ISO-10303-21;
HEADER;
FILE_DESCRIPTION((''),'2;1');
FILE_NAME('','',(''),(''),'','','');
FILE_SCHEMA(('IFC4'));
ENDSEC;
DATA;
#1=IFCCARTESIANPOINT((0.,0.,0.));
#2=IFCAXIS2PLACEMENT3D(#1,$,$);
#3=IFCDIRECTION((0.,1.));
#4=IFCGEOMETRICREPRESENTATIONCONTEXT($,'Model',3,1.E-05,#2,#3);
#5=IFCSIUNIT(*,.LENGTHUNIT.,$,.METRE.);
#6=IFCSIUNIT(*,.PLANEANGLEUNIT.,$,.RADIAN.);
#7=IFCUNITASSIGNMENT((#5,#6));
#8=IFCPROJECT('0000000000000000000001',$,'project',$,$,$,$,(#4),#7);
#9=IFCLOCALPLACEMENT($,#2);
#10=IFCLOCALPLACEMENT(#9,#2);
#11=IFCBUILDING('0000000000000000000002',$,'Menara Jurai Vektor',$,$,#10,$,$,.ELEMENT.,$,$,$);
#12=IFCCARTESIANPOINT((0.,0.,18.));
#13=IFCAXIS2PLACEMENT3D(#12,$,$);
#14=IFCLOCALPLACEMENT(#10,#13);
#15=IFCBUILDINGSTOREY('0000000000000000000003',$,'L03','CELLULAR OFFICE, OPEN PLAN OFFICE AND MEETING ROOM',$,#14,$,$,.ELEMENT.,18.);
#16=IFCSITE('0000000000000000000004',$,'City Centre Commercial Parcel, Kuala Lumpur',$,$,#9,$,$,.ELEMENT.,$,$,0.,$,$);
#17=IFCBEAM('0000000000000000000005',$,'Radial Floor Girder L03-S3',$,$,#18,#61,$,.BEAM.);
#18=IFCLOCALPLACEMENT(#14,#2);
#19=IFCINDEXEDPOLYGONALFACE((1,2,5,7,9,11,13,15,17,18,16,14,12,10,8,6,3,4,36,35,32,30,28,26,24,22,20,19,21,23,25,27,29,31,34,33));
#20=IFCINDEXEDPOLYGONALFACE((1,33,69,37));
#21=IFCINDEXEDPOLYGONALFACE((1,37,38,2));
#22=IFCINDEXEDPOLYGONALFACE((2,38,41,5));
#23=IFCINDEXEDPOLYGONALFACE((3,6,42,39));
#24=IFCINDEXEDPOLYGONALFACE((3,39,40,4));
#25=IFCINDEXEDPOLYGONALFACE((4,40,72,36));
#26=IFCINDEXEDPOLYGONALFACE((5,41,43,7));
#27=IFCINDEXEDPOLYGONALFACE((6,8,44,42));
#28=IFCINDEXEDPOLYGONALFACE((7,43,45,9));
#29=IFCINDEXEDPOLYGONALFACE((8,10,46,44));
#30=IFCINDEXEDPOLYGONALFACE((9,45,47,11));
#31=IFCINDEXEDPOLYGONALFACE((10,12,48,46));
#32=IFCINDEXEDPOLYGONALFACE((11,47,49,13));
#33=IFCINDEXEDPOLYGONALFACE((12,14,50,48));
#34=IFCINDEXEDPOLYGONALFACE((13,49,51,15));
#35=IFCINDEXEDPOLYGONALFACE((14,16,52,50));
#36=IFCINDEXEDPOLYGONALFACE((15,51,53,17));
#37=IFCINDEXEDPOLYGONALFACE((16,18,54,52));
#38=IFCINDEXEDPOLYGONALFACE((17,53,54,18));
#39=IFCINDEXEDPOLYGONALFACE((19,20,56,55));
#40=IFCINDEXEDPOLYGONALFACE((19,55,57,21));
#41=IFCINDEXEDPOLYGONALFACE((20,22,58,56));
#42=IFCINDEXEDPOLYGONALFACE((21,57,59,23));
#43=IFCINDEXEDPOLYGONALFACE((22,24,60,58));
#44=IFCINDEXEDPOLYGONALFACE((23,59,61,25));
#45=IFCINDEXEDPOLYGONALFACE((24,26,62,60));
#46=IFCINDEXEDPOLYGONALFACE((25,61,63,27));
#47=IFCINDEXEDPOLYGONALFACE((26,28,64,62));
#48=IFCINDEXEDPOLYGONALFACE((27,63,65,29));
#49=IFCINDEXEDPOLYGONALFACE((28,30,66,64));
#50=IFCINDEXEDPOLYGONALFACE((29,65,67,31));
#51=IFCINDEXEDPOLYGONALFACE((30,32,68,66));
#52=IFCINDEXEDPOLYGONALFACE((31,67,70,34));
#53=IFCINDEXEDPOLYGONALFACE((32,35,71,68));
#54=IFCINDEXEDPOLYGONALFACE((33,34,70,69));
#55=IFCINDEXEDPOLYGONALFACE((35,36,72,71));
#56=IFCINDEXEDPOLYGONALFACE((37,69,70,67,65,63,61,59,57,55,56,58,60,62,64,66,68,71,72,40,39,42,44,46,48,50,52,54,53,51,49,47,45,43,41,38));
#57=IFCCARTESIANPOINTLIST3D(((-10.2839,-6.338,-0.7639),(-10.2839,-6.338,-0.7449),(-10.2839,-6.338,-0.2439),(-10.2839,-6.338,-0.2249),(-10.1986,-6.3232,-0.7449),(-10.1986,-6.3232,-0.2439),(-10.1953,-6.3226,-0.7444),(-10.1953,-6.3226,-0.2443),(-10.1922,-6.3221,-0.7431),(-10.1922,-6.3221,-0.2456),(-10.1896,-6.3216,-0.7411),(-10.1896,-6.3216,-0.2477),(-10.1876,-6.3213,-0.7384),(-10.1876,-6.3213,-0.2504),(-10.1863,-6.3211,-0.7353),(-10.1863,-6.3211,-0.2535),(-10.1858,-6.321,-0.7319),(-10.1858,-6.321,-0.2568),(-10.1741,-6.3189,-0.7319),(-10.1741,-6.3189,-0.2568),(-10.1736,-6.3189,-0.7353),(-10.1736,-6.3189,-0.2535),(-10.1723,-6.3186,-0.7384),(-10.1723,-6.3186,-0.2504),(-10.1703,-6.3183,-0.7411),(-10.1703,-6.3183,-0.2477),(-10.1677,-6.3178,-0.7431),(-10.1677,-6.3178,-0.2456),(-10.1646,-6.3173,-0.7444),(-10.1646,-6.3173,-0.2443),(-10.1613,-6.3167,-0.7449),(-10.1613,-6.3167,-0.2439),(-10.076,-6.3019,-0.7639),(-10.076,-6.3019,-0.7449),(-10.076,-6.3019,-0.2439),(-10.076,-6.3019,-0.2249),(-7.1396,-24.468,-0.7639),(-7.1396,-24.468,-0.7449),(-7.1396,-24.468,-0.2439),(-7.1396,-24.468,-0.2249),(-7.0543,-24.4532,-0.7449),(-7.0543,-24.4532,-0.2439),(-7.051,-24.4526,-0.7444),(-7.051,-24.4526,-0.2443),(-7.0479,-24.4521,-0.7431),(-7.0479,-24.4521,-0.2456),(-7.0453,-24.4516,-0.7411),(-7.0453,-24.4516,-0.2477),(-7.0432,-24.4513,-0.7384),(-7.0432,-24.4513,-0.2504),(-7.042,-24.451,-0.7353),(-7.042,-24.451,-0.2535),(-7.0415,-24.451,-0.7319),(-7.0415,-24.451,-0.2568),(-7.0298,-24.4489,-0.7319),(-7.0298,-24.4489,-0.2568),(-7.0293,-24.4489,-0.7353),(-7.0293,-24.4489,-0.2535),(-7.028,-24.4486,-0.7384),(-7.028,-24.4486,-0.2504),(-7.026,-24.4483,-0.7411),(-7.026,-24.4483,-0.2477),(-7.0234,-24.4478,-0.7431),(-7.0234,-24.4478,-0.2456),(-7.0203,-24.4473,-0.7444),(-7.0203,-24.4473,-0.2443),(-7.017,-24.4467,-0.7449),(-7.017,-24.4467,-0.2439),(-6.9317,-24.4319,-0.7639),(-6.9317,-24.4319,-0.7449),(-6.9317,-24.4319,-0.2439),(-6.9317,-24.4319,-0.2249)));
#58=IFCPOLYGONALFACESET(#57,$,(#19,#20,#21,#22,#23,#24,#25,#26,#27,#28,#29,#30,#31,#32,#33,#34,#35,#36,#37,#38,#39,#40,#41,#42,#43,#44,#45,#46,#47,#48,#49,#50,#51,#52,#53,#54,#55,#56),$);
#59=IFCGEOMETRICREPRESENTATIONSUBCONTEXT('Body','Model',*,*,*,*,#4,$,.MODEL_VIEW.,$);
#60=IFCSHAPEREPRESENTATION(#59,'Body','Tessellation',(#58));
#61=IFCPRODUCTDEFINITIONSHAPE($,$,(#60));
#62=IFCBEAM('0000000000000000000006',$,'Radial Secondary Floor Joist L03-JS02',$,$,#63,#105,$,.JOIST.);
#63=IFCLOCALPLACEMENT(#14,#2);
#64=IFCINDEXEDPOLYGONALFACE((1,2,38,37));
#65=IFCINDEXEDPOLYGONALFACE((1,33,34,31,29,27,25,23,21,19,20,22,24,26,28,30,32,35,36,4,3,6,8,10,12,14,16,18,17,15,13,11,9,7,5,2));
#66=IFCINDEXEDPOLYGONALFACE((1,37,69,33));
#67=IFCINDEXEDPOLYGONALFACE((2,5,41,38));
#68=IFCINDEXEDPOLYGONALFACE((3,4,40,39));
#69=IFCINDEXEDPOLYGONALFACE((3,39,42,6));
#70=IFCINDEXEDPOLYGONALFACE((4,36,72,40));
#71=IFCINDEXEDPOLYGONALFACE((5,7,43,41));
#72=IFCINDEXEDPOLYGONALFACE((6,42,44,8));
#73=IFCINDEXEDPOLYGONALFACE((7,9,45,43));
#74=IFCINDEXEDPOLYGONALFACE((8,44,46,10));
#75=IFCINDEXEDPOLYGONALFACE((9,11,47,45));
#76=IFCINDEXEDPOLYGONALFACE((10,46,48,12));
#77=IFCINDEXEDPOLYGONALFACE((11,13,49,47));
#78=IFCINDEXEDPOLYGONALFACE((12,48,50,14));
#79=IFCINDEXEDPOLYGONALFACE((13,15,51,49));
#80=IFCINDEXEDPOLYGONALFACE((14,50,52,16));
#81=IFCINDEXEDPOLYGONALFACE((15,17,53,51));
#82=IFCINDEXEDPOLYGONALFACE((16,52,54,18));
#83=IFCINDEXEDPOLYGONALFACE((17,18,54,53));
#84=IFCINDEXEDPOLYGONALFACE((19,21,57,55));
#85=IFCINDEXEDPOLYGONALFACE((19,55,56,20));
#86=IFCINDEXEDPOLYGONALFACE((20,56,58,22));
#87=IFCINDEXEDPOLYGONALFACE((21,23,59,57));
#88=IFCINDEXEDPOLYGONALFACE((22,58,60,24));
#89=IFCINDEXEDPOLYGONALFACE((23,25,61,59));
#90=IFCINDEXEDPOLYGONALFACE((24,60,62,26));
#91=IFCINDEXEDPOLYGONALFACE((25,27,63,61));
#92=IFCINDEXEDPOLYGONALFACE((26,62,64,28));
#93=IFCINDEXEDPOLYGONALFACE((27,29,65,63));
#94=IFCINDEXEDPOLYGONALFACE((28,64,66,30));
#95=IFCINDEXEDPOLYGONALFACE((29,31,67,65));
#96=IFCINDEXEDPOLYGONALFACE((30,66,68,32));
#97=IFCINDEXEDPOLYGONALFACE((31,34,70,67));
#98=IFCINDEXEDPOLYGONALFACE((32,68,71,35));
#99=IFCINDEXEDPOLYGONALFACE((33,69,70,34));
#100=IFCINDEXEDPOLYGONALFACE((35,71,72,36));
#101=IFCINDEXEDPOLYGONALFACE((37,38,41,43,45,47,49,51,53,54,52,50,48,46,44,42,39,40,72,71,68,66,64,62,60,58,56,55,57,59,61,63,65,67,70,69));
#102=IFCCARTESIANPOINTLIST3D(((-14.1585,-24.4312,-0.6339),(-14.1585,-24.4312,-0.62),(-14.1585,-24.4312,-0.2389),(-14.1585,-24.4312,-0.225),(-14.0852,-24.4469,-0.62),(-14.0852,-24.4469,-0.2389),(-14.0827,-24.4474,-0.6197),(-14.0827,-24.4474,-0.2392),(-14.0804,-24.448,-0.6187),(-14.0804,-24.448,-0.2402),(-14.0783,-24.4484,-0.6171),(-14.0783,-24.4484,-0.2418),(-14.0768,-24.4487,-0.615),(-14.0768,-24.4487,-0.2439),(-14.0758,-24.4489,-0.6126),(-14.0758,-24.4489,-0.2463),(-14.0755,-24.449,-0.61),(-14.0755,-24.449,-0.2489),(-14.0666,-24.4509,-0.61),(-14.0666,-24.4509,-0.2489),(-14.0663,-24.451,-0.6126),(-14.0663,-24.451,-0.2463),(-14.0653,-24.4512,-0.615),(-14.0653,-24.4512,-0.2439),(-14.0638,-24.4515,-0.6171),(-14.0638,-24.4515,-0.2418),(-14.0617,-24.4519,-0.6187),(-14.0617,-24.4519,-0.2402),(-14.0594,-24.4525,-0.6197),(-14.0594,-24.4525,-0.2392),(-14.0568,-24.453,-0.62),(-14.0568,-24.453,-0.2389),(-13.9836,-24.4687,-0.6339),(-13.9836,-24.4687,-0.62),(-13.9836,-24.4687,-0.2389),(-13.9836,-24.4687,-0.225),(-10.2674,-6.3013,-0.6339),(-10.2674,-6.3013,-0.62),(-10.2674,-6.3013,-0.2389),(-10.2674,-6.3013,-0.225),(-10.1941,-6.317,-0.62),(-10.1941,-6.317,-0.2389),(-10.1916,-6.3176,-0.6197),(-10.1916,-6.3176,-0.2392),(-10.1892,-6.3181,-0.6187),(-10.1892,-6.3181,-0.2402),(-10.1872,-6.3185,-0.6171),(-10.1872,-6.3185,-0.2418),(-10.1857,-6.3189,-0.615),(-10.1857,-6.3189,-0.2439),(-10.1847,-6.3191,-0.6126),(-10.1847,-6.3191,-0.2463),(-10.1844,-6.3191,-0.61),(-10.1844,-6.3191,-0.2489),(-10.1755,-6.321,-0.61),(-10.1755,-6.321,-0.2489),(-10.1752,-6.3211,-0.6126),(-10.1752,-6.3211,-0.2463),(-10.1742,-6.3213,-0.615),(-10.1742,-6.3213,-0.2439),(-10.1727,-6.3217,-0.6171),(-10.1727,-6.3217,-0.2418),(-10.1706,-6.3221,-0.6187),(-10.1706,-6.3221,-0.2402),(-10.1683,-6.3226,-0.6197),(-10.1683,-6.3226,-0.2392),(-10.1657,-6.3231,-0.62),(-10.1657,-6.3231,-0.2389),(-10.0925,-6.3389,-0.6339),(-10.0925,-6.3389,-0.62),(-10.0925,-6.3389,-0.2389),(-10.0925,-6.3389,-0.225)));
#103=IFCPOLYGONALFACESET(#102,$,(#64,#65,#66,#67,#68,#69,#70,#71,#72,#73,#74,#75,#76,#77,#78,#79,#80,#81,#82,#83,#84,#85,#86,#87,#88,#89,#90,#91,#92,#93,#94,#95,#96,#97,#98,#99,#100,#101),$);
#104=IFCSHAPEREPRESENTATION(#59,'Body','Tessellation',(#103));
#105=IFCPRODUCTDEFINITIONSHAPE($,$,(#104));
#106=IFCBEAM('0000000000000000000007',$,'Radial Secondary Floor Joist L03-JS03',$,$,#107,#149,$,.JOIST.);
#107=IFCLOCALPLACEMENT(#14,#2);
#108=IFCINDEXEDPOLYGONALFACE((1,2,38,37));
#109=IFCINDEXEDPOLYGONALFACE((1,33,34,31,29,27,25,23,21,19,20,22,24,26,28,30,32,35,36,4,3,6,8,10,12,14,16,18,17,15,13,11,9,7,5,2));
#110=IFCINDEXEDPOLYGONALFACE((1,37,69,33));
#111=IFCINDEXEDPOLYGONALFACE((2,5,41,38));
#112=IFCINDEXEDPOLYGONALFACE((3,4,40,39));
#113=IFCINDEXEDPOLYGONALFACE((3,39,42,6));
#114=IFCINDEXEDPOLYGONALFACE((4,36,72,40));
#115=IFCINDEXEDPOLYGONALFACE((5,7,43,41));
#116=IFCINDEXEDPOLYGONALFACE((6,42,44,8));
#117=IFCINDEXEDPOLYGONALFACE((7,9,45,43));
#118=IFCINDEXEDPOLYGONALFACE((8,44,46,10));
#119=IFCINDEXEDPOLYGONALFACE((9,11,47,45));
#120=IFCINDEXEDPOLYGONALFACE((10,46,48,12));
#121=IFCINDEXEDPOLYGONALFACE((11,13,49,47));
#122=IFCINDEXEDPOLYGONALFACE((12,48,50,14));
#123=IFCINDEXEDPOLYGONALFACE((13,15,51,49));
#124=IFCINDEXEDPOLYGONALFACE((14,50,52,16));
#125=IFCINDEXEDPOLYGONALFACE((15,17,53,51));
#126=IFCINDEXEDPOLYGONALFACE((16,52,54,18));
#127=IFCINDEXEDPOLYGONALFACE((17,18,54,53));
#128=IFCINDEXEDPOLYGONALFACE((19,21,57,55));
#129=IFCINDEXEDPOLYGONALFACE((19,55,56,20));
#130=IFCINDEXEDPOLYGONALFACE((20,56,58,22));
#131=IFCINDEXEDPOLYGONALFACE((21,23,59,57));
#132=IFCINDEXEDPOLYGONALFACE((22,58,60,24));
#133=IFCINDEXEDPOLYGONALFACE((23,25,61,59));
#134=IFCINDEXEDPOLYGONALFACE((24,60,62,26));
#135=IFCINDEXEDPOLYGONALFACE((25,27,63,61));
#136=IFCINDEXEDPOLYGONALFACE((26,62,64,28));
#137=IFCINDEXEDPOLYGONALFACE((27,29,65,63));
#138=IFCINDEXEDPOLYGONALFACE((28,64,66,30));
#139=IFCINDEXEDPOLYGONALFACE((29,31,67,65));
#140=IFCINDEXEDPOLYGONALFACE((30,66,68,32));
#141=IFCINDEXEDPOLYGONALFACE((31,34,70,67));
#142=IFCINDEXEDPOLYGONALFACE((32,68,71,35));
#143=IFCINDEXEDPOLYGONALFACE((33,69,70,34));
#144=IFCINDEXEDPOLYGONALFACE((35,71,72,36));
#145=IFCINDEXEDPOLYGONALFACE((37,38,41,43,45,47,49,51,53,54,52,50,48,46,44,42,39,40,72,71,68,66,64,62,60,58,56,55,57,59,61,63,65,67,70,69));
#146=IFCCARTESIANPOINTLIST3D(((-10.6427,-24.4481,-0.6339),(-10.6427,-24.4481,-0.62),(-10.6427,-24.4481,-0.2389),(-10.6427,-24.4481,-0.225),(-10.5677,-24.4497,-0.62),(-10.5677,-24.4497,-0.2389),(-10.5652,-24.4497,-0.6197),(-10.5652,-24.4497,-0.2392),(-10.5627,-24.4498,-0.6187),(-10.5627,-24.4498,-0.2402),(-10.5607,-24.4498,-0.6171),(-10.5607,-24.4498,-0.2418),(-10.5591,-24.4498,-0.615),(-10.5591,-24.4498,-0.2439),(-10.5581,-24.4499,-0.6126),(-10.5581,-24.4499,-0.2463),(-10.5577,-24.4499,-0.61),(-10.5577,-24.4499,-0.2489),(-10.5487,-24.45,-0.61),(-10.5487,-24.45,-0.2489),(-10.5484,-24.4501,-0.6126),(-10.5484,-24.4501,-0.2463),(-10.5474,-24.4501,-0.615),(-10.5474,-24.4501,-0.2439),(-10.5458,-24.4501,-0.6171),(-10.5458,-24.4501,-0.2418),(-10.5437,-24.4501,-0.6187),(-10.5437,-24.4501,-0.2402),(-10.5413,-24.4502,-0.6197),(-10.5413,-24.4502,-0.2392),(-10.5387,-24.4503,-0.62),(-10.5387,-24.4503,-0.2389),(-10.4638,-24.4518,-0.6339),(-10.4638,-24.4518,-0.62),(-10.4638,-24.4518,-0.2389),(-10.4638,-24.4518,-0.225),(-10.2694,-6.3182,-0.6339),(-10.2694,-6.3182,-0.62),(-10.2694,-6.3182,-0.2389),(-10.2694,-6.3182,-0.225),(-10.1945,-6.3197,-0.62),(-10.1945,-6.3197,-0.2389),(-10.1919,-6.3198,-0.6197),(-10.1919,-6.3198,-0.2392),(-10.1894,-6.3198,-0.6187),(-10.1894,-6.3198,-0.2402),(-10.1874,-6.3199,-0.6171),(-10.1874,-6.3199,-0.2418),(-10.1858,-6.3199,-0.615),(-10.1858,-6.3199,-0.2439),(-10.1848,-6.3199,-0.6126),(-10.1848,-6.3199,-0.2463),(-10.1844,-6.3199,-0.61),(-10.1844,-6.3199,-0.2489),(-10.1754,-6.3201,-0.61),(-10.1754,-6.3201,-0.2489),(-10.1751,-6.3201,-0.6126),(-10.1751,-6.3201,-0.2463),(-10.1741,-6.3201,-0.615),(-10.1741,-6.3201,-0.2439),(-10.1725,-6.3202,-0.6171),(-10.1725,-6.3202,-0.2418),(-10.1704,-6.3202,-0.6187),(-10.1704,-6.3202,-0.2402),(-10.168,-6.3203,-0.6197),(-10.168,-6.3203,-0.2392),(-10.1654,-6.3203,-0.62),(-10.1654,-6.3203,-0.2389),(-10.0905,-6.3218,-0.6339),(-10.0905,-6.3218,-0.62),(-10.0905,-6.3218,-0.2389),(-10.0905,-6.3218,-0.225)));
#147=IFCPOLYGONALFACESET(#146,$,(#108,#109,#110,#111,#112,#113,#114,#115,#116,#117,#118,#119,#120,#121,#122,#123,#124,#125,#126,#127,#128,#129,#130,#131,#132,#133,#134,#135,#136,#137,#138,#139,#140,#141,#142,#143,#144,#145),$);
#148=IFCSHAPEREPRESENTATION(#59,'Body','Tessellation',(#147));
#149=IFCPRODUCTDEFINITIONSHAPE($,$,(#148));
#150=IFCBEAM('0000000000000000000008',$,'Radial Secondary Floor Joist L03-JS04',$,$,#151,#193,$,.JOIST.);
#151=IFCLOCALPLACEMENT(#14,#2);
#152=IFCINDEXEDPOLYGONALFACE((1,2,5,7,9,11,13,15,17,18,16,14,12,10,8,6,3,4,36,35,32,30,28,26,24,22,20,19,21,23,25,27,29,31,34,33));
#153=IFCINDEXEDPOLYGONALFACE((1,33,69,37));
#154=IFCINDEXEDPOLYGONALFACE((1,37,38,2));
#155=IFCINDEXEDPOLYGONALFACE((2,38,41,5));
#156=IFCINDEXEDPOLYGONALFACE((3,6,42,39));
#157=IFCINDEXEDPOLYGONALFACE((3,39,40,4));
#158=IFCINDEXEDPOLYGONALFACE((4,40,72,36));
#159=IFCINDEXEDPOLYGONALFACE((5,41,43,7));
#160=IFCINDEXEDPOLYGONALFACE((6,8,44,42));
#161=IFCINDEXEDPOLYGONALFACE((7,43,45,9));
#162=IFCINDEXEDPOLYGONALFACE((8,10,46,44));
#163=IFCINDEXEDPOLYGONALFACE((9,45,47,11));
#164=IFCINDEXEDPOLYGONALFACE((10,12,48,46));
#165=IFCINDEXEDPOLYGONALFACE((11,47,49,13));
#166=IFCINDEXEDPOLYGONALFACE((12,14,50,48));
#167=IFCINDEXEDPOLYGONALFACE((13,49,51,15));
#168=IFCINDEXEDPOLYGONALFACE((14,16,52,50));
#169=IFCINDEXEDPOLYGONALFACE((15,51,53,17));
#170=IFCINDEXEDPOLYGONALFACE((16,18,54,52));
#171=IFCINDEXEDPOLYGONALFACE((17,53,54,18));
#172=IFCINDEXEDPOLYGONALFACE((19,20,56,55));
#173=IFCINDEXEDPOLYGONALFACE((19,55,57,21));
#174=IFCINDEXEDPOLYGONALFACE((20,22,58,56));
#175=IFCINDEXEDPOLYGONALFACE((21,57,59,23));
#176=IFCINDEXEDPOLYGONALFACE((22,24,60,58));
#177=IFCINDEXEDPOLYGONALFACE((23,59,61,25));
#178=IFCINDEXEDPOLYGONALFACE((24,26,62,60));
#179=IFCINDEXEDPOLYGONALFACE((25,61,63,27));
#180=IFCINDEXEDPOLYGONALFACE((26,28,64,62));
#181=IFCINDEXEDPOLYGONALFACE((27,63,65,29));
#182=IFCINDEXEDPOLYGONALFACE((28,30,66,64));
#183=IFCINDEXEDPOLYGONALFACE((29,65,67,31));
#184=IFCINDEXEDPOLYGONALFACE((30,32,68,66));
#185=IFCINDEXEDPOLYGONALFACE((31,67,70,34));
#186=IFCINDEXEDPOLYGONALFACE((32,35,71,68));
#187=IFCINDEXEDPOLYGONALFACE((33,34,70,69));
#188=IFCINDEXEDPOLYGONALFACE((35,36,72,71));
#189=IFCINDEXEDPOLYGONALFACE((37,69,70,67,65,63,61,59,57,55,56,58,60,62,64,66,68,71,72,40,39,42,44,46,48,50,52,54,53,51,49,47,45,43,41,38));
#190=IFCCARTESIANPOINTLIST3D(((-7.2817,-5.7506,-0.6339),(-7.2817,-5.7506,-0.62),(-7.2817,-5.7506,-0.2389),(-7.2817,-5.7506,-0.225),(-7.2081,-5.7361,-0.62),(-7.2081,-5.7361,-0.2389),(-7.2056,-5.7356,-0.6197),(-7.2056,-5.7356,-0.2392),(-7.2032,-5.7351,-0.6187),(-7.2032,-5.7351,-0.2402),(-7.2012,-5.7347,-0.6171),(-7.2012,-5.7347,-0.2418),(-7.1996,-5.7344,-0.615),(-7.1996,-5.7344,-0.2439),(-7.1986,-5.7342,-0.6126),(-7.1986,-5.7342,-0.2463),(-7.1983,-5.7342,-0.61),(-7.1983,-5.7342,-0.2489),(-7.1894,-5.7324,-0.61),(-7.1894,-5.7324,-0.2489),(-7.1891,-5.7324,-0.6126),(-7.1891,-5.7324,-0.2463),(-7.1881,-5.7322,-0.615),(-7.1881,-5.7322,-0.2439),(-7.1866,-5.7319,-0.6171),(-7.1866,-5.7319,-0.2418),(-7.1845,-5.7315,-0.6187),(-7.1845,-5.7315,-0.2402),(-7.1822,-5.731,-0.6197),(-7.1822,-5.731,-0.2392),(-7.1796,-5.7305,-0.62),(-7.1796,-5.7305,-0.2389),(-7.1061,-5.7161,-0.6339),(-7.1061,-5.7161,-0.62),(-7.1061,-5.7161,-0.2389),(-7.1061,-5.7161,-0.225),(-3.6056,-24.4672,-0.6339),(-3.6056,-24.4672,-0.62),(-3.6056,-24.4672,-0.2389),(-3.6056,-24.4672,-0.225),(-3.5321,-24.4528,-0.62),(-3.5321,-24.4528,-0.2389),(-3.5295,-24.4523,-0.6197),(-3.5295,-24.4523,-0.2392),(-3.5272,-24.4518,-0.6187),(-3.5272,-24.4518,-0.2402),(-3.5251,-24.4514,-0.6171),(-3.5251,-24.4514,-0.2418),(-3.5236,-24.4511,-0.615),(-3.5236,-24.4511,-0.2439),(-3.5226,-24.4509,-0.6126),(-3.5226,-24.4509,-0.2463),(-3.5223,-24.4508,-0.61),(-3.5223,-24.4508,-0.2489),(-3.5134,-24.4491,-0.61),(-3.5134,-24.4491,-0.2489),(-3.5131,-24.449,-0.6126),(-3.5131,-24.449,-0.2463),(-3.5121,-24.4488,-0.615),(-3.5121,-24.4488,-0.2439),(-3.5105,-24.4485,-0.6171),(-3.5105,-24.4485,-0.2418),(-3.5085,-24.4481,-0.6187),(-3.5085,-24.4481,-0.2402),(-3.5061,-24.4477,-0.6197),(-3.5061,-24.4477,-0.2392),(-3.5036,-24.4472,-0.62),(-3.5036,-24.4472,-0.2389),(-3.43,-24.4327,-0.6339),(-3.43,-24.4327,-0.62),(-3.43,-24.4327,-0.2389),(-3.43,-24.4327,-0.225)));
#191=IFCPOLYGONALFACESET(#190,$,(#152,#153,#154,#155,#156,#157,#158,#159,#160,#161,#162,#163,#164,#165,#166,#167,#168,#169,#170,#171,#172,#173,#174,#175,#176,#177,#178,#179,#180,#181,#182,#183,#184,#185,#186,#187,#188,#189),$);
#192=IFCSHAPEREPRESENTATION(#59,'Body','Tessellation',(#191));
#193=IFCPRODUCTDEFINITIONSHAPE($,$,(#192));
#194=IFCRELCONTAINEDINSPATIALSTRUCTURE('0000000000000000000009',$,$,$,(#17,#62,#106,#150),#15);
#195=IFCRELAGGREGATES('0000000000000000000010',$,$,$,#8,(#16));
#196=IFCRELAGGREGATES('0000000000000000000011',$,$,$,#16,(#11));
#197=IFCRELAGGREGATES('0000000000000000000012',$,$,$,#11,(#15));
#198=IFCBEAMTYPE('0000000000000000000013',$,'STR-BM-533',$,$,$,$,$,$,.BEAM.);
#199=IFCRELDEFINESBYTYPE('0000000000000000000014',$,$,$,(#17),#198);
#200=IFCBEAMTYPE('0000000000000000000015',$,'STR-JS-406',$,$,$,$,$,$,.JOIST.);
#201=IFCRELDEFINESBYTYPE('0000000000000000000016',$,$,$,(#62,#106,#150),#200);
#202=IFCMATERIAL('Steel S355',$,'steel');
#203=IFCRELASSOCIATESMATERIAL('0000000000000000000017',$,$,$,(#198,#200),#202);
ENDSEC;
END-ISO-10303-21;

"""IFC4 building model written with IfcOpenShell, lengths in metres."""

from ifc_helpers import new_model, si_unit, direction, frame, origin, origin_2d, place, context, subcontext, project, spatial, i_section, extrude, material, material_profile, profile_set, type_object, element, save


model = new_model("IFC4")

# Units and contexts
model_context = context("Model", 3, precision=1e-05, world=origin(), true_north=direction((0.0, 1.0)))
body_context = subcontext(model_context, "Body", "Model", "MODEL_VIEW")
ifc_project = project(units=[si_unit("LENGTHUNIT", "METRE"), si_unit("PLANEANGLEUNIT", "RADIAN")], contexts=[model_context])

# Site, building, storey
site_placement = place(None, origin())
site = spatial("IfcSite", under=ifc_project, at=site_placement, Name="City Centre Commercial Parcel, Kuala Lumpur", CompositionType="ELEMENT", RefElevation=0.0)
building_placement = place(site_placement, origin())
building = spatial("IfcBuilding", under=site, at=building_placement, Name="Menara Jurai Vektor", CompositionType="ELEMENT")
storey_placement = place(building_placement, frame((0.0, 0.0, 18.0)))
storey = spatial("IfcBuildingStorey", under=building, at=storey_placement, Name="L03", Description="CELLULAR OFFICE, OPEN PLAN OFFICE AND MEETING ROOM", CompositionType="ELEMENT", Elevation=18.0)

# Beams
ifc_material_1 = material(Name="Steel S355", Category="steel")
ifc_material_profile_1 = material_profile(ifc_material_1, i_section(OverallWidth=0.2109, OverallDepth=0.5391, WebThickness=0.012, FlangeThickness=0.019, FilletRadius=0.0129, at=origin_2d()), Name="UKB 533x210x109")
ifc_profile_set_1 = profile_set([ifc_material_profile_1], Name="Steel S355")
beam_type_1 = type_object("IfcBeamType", Name="STR-BM-533", PredefinedType="BEAM", material=ifc_profile_set_1)
beam_1_placement = place(storey_placement, frame((-7.0356, -24.45, -0.4944), z_axis=(-0.17088, 0.985292, 0.0), x_axis=(-0.985292, -0.17088, 0.0)))
element("IfcBeam", 1, at=beam_1_placement, inside=storey, type_object=beam_type_1, Name="Radial Floor Girder L03-S3", PredefinedType="BEAM", context=body_context, shape_type="SweptSolid", body=[
    extrude(i_section(OverallWidth=0.2109, OverallDepth=0.5391, WebThickness=0.012, FlangeThickness=0.019, FilletRadius=0.0129, at=origin_2d()), origin(), (0.0, 0.0, 1.0), 18.4006),
])
ifc_material_profile_2 = material_profile(ifc_material_1, i_section(OverallWidth=0.179, OverallDepth=0.4089, WebThickness=0.009, FlangeThickness=0.0139, FilletRadius=0.01, at=origin_2d()), Name="UKB 406x178x67")
ifc_profile_set_2 = profile_set([ifc_material_profile_2], Name="Steel S355")
beam_type_2 = type_object("IfcBeamType", Name="STR-JS-406", PredefinedType="JOIST", material=ifc_profile_set_2)
beam_2_placement = place(storey_placement, frame((-14.071, -24.45, -0.4294), z_axis=(0.209846, 0.977735, 0.0), x_axis=(-0.977735, 0.209846, 0.0)))
element("IfcBeam", 2, at=beam_2_placement, inside=storey, type_object=beam_type_2, Name="Radial Secondary Floor Joist L03-JS02", PredefinedType="JOIST", context=body_context, shape_type="SweptSolid", body=[
    extrude(i_section(OverallWidth=0.179, OverallDepth=0.4089, WebThickness=0.009, FlangeThickness=0.0139, FilletRadius=0.01, at=origin_2d()), origin(), (0.0, 0.0, 1.0), 18.5427),
])
beam_3_placement = place(storey_placement, frame((-10.5532, -24.45, -0.4294), z_axis=(0.020585, 0.999788, 0.0), x_axis=(-0.999788, 0.020585, 0.0)))
element("IfcBeam", 3, at=beam_3_placement, inside=storey, type_object=beam_type_2, Name="Radial Secondary Floor Joist L03-JS03", PredefinedType="JOIST", context=body_context, shape_type="SweptSolid", body=[
    extrude(i_section(OverallWidth=0.179, OverallDepth=0.4089, WebThickness=0.009, FlangeThickness=0.0139, FilletRadius=0.01, at=origin_2d()), origin(), (0.0, 0.0, 1.0), 18.1338),
])
beam_4_placement = place(storey_placement, frame((-3.5178, -24.45, -0.4294), z_axis=(-0.192723, 0.981253, 0.0), x_axis=(-0.981253, -0.192723, 0.0)))
element("IfcBeam", 4, at=beam_4_placement, inside=storey, type_object=beam_type_2, Name="Radial Secondary Floor Joist L03-JS04", PredefinedType="JOIST", context=body_context, shape_type="SweptSolid", body=[
    extrude(i_section(OverallWidth=0.179, OverallDepth=0.4089, WebThickness=0.009, FlangeThickness=0.0139, FilletRadius=0.01, at=origin_2d()), origin(), (0.0, 0.0, 1.0), 19.0742),
])

save(model, "model.ifc")
